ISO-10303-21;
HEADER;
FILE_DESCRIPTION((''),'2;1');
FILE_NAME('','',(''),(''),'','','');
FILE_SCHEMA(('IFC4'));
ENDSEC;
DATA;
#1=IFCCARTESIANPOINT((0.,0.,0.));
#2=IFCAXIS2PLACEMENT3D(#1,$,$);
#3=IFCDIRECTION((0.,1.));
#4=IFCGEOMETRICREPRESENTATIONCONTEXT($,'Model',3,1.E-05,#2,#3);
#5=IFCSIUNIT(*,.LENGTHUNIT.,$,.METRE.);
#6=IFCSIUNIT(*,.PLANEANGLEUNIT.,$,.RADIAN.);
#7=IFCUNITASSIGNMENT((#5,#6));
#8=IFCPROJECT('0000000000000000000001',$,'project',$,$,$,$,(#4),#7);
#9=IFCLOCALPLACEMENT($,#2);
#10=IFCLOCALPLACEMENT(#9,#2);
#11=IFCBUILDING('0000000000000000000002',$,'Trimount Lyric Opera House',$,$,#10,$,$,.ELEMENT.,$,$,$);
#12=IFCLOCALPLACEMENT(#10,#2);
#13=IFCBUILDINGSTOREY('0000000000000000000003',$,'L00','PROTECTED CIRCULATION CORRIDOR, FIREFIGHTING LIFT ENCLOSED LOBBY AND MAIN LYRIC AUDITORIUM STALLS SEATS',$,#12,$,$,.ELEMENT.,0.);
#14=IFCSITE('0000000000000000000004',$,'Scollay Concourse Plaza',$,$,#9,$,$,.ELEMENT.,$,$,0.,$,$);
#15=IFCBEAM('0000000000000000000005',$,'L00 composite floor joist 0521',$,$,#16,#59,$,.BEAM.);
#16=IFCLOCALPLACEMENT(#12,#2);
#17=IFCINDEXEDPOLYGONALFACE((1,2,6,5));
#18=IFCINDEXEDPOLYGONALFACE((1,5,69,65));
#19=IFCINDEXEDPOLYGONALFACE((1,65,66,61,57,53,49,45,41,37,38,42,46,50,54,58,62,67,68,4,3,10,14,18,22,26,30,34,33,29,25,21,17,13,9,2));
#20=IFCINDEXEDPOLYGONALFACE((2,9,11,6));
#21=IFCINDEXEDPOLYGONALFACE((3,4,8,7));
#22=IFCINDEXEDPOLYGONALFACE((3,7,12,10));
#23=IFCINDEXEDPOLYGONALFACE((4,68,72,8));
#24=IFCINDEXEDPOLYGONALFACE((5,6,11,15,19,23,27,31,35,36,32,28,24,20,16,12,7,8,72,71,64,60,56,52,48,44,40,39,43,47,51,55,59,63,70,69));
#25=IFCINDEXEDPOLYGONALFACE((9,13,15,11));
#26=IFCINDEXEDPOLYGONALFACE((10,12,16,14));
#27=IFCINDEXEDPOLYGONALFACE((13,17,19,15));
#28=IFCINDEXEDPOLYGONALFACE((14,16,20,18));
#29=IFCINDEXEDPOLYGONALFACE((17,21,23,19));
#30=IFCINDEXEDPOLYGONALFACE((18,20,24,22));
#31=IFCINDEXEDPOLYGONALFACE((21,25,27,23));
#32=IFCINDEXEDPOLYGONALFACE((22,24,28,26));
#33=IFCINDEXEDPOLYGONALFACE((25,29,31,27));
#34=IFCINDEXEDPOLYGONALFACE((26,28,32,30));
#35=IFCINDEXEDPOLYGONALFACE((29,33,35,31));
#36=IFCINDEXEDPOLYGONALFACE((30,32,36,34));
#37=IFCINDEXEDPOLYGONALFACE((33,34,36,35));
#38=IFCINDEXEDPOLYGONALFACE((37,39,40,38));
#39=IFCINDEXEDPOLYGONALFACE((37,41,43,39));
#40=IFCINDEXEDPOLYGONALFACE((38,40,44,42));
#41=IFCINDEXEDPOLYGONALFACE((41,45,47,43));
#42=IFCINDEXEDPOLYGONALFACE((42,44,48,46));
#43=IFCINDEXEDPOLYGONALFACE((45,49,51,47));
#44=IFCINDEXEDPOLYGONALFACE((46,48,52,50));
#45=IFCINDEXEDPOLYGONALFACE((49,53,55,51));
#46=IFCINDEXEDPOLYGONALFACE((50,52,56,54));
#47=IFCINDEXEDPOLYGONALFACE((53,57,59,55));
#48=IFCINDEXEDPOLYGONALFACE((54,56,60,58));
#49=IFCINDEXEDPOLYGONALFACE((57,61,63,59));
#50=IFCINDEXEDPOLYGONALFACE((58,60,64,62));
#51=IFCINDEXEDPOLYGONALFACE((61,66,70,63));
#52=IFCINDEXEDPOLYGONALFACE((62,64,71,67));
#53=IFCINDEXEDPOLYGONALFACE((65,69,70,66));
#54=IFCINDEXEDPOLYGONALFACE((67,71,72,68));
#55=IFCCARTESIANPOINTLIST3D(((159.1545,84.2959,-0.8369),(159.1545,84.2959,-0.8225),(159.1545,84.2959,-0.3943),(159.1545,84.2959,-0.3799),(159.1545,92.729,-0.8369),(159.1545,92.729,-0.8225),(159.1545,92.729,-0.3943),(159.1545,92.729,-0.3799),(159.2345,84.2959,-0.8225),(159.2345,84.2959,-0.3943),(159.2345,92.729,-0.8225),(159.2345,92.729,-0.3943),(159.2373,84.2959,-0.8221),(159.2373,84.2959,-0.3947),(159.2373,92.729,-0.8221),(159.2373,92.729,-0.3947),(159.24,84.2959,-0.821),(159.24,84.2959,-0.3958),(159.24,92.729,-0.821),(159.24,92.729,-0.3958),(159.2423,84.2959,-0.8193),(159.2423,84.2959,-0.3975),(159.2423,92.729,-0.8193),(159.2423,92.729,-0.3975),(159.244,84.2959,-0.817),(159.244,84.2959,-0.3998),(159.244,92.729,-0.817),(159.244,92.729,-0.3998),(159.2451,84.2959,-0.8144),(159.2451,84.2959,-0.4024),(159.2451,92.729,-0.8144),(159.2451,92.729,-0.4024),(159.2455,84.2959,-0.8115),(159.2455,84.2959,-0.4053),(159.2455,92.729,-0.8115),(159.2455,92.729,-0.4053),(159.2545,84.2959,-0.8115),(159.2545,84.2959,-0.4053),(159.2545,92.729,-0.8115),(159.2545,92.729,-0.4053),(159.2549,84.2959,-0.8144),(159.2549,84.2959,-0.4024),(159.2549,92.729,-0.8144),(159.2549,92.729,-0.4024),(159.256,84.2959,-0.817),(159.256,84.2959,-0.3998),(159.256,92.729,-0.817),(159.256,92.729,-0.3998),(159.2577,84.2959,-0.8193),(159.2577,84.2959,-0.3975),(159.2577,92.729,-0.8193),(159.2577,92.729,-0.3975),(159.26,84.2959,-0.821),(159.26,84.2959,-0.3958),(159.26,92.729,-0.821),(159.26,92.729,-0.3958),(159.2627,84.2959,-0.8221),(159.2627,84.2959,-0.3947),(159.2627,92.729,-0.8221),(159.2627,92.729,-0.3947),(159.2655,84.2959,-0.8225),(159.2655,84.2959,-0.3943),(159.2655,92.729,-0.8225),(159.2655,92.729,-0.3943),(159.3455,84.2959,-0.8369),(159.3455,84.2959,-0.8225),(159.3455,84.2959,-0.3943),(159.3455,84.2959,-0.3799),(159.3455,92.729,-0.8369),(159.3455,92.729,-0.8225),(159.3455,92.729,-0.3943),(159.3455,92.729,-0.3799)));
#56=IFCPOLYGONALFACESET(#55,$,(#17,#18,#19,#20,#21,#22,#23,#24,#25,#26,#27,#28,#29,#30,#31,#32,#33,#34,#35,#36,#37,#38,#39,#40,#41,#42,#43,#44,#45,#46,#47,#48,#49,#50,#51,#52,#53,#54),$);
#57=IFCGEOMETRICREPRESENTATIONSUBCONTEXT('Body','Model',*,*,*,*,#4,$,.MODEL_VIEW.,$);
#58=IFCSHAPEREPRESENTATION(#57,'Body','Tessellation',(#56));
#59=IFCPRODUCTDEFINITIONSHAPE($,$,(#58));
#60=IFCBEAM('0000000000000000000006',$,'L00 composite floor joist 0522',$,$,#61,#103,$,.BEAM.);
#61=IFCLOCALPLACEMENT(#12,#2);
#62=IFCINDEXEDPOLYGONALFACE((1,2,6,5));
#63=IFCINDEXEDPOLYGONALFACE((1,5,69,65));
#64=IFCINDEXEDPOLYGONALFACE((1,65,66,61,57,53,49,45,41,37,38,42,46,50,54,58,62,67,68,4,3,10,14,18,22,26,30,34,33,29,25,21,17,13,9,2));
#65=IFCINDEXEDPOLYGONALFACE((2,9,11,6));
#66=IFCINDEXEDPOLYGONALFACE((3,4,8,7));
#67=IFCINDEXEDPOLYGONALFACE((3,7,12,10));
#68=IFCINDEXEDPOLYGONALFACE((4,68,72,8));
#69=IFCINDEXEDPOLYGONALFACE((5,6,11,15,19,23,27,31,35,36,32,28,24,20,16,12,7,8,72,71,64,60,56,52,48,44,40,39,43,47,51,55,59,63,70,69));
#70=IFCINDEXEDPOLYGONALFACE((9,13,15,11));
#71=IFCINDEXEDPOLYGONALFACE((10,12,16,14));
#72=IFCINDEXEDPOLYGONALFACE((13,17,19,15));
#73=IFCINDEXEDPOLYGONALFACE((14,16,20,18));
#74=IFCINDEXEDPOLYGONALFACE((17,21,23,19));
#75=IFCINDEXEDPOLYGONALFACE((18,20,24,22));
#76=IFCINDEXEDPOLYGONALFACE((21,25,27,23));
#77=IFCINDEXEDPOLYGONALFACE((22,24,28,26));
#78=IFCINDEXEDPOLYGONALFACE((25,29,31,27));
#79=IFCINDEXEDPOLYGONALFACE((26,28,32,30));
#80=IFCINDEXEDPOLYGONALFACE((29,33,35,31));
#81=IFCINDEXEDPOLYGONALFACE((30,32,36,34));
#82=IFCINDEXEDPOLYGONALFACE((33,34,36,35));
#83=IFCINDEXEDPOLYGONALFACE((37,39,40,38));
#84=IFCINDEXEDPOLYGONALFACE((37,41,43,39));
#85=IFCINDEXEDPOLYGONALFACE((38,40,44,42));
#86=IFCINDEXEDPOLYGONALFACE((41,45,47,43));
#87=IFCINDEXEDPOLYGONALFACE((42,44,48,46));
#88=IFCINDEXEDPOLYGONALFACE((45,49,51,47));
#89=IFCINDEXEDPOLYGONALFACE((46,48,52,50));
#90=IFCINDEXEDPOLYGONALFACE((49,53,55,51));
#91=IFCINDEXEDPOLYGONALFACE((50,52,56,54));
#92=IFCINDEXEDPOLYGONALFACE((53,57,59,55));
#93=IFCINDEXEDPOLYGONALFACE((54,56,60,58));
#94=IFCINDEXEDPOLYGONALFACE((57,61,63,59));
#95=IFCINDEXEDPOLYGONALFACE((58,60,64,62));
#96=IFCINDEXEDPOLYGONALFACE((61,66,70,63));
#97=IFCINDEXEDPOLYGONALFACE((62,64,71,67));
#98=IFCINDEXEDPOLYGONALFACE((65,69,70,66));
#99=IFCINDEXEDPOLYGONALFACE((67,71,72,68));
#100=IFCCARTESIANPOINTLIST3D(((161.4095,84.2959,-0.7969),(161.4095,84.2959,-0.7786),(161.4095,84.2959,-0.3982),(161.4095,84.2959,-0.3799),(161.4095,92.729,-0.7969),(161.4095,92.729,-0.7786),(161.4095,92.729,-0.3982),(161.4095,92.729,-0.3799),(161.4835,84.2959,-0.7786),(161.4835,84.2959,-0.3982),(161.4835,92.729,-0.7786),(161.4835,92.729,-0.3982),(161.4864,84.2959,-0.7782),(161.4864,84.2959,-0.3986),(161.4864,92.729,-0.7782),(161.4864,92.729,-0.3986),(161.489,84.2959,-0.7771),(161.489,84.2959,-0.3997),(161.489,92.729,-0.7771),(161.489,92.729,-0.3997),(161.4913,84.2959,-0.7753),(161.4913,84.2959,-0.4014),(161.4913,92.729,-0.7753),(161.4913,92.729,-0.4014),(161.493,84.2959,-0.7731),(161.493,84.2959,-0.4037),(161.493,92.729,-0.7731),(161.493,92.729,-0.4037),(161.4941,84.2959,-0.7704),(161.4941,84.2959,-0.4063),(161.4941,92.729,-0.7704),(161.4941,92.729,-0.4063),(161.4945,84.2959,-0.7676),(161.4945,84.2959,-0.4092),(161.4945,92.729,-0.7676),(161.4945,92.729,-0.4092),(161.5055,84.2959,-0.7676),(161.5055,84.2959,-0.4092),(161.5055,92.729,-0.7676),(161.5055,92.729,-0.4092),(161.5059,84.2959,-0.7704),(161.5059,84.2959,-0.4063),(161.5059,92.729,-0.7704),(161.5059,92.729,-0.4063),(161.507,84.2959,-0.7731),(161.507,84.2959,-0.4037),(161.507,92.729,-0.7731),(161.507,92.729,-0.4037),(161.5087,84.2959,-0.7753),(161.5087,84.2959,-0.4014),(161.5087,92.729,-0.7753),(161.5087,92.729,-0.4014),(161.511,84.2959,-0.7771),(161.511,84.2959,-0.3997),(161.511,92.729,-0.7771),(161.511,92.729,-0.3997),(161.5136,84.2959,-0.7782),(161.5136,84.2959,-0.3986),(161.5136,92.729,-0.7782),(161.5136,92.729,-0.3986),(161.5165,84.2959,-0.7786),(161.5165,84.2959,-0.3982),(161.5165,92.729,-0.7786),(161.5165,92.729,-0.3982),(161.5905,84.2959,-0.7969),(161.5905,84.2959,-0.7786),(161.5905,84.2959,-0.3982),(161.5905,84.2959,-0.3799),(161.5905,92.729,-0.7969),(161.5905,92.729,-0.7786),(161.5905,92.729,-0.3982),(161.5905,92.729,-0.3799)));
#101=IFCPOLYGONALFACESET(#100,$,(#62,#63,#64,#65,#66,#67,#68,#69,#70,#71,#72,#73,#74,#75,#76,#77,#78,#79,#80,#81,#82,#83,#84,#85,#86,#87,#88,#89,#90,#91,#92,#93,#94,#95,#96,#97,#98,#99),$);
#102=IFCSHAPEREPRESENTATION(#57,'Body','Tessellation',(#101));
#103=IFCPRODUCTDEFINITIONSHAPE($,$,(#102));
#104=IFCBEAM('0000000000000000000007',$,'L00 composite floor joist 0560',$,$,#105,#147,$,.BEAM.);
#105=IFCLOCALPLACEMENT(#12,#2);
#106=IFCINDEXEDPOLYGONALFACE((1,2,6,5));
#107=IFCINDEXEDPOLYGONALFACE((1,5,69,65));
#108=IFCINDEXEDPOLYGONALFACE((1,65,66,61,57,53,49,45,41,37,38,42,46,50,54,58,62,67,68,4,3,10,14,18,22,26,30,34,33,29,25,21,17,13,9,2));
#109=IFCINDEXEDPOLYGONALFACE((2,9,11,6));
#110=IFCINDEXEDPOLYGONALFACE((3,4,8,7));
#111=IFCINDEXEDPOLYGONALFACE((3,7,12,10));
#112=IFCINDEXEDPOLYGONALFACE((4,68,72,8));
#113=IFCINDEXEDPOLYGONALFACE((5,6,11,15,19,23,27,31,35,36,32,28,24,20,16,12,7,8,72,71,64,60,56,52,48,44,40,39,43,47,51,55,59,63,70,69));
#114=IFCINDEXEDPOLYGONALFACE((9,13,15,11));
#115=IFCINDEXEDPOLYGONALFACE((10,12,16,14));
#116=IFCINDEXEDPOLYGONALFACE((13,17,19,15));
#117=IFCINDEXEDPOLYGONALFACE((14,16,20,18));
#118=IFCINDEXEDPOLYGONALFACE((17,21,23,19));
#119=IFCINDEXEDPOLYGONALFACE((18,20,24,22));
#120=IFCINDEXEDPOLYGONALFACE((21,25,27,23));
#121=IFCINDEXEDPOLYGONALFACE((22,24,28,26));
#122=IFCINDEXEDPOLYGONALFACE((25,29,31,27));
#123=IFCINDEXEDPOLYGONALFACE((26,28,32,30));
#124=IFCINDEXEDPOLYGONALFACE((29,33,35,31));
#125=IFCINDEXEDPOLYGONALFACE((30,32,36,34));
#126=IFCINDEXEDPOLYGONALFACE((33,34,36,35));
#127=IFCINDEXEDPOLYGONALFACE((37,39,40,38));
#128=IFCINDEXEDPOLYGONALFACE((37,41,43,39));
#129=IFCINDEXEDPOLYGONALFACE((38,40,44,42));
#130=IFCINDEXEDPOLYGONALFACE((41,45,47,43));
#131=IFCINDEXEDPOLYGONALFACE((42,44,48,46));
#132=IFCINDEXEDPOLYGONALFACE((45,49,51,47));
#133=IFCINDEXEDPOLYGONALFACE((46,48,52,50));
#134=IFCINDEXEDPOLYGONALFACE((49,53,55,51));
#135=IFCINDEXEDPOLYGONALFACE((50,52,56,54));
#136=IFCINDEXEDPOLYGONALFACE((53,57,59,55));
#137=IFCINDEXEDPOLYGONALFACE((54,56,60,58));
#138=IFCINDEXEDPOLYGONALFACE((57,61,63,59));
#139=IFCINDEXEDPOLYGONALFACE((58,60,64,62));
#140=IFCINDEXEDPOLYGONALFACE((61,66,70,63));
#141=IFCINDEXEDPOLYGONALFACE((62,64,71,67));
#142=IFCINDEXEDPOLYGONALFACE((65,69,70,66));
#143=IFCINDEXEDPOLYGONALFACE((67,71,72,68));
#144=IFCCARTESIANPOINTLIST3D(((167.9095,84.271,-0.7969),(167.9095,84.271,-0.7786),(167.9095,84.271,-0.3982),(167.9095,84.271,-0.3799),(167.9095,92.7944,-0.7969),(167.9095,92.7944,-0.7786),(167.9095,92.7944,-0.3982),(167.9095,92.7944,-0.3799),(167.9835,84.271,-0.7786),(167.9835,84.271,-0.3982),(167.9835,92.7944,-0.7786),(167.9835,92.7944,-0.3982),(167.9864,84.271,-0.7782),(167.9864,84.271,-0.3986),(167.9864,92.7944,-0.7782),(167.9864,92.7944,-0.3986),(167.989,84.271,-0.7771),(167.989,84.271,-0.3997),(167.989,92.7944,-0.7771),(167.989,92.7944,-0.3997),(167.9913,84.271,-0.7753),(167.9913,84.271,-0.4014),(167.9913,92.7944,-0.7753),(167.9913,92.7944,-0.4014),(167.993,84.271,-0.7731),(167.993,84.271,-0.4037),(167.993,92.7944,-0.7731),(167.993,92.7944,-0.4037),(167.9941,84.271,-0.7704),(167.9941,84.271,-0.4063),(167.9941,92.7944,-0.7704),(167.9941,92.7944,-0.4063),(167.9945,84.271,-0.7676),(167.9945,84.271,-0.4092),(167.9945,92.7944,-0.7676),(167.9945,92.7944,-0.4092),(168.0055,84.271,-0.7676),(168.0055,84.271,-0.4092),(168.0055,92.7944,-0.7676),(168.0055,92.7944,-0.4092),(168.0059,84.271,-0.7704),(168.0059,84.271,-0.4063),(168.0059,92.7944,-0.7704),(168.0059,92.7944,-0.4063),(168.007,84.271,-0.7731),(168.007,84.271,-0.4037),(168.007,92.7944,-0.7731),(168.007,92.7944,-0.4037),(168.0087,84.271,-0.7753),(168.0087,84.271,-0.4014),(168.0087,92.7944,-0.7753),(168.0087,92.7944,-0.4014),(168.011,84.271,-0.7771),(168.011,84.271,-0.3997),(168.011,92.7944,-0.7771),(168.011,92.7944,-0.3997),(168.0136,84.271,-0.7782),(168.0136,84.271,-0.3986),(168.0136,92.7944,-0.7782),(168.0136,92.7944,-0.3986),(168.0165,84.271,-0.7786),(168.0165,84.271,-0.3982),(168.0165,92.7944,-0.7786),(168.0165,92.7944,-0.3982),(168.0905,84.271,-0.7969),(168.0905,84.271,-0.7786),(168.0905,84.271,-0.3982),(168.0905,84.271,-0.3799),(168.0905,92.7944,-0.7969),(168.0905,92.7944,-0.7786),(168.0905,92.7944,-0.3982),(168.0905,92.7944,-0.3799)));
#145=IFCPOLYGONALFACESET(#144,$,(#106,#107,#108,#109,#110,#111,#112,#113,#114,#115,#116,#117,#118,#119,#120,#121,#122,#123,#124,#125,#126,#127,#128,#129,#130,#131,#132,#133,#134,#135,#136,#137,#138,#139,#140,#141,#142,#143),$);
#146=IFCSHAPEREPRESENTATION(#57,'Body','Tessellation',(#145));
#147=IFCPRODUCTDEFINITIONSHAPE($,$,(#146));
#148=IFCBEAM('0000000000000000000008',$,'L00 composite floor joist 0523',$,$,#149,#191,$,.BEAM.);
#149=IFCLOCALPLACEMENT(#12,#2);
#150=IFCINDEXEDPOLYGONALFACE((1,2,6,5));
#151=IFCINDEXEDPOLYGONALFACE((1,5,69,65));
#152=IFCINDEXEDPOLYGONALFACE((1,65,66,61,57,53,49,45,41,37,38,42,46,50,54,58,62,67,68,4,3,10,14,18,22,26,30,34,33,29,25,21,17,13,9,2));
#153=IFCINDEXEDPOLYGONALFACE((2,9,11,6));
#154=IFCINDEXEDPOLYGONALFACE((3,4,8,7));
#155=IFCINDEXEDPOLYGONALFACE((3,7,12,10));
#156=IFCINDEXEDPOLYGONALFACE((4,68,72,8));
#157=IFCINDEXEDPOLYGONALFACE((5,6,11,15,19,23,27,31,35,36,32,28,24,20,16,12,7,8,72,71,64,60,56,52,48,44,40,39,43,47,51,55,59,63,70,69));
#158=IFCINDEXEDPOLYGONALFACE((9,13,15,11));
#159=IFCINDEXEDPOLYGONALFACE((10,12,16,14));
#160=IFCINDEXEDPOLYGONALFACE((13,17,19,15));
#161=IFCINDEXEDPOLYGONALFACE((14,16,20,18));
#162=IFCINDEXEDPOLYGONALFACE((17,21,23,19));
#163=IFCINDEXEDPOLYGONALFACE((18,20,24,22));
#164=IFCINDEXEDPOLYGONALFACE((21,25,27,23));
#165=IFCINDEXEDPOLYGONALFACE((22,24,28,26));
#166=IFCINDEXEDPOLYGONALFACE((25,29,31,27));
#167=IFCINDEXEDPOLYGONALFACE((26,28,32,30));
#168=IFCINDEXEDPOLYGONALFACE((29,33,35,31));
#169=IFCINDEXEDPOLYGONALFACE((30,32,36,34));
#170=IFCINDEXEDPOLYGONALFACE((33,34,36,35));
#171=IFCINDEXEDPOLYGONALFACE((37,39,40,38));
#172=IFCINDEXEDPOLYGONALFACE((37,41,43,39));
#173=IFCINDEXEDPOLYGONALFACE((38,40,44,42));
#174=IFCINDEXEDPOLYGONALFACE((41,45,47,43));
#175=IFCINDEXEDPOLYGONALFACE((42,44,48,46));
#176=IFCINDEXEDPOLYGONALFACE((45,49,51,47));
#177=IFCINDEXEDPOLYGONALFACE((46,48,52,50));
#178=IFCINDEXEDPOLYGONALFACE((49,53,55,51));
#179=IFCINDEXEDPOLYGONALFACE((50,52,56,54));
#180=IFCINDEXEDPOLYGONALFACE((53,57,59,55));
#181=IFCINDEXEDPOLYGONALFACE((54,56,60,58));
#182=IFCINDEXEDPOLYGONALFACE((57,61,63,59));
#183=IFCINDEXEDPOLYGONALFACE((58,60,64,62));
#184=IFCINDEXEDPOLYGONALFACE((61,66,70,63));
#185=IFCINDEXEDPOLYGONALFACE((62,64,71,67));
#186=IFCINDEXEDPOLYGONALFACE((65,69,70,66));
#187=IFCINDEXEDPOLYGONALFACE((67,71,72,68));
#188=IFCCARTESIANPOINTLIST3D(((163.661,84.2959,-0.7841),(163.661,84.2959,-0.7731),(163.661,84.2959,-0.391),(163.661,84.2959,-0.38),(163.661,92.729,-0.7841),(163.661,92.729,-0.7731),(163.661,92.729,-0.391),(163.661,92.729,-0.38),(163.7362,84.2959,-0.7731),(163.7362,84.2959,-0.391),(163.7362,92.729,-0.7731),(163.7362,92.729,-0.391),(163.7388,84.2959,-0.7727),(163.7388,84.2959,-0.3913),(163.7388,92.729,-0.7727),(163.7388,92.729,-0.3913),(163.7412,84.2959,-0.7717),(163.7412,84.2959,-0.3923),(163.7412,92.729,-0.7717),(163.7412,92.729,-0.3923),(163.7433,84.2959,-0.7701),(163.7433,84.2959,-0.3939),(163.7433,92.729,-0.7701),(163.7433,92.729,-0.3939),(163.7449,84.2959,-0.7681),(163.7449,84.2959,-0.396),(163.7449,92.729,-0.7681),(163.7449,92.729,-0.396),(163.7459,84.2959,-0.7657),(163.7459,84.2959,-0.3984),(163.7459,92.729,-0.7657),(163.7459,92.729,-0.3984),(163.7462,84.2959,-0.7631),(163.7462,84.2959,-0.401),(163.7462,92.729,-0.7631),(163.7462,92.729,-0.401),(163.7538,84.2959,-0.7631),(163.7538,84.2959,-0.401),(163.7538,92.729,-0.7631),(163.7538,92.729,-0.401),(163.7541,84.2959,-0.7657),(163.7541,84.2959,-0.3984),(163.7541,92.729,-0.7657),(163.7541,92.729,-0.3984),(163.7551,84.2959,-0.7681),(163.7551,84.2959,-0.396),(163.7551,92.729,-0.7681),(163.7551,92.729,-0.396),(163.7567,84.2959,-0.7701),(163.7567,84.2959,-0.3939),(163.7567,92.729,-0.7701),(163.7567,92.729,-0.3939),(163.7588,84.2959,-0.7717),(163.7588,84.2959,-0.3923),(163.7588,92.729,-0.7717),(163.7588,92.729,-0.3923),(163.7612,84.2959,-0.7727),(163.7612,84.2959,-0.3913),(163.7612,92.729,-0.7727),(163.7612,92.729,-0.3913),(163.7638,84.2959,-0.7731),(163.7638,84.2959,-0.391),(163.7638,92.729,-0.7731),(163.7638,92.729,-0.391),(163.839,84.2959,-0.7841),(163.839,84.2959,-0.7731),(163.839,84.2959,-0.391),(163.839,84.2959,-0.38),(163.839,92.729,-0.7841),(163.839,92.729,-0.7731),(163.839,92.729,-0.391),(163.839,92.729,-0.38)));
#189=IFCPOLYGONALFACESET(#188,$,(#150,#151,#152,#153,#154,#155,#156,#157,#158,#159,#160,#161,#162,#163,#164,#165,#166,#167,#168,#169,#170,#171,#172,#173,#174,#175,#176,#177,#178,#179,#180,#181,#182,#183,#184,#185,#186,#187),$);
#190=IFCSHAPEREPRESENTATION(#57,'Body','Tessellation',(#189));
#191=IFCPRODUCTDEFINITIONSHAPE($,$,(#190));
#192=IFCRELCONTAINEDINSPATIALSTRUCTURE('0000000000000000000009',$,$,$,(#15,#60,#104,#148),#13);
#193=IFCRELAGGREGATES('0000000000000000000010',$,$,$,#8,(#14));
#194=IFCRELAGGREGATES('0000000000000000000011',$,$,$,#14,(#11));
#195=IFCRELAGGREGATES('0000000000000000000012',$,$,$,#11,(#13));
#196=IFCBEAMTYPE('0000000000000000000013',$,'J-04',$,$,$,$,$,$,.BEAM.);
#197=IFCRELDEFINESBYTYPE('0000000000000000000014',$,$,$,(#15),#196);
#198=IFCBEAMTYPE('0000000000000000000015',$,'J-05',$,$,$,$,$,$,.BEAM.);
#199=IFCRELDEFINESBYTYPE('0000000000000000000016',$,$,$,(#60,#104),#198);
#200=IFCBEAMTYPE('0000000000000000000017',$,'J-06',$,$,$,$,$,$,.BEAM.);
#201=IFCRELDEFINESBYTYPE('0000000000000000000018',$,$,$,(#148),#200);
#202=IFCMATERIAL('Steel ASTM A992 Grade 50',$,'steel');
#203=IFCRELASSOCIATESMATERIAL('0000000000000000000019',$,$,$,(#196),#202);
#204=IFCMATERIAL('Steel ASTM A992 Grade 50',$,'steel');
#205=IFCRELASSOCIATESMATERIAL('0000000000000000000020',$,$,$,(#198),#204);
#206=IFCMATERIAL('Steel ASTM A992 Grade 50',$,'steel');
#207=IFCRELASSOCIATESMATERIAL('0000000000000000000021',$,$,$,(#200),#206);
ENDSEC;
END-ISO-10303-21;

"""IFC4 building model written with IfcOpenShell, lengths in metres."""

from ifc_helpers import new_model, si_unit, direction, frame, origin, origin_2d, place, context, subcontext, project, spatial, i_section, extrude, material, material_profile, profile_set, type_object, element, save


model = new_model("IFC4")

# Units and contexts
model_context = context("Model", 3, precision=1e-05, world=origin(), true_north=direction((0.0, 1.0)))
body_context = subcontext(model_context, "Body", "Model", "MODEL_VIEW")
ifc_project = project(units=[si_unit("LENGTHUNIT", "METRE"), si_unit("PLANEANGLEUNIT", "RADIAN")], contexts=[model_context])

# Site, building, storey
site_placement = place(None, origin())
site = spatial("IfcSite", under=ifc_project, at=site_placement, Name="Scollay Concourse Plaza", CompositionType="ELEMENT", RefElevation=0.0)
building_placement = place(site_placement, origin())
building = spatial("IfcBuilding", under=site, at=building_placement, Name="Trimount Lyric Opera House", CompositionType="ELEMENT")
storey_placement = place(building_placement, origin())
storey = spatial("IfcBuildingStorey", under=building, at=storey_placement, Name="L00", Description="PROTECTED CIRCULATION CORRIDOR, FIREFIGHTING LIFT ENCLOSED LOBBY AND MAIN LYRIC AUDITORIUM STALLS SEATS", CompositionType="ELEMENT", Elevation=0.0)

# Beams
ifc_material_1 = material(Name="Steel ASTM A992 Grade 50", Category="steel")
ifc_material_profile_1 = material_profile(ifc_material_1, i_section(OverallWidth=0.1909, OverallDepth=0.457, WebThickness=0.009, FlangeThickness=0.0144, FilletRadius=0.011, at=origin_2d()), Name="W18X50")
ifc_profile_set_1 = profile_set([ifc_material_profile_1], Name="Steel ASTM A992 Grade 50")
beam_type_1 = type_object("IfcBeamType", Name="J-04", PredefinedType="BEAM", material=ifc_profile_set_1)
beam_1_placement = place(storey_placement, frame((159.25, 84.2959, -0.6084), z_axis=(0.0, 1.0, 0.0), x_axis=(-1.0, 0.0, 0.0)))
element("IfcBeam", 1, at=beam_1_placement, inside=storey, type_object=beam_type_1, Name="L00 composite floor joist 0521", PredefinedType="BEAM", context=body_context, shape_type="SweptSolid", body=[
    extrude(i_section(OverallWidth=0.1909, OverallDepth=0.457, WebThickness=0.009, FlangeThickness=0.0144, FilletRadius=0.011, at=origin_2d()), origin(), (0.0, 0.0, 1.0), 8.4331),
])
ifc_material_2 = material(Name="Steel ASTM A992 Grade 50", Category="steel")
ifc_material_profile_2 = material_profile(ifc_material_2, i_section(OverallWidth=0.1809, OverallDepth=0.417, WebThickness=0.011, FlangeThickness=0.0183, FilletRadius=0.011, at=origin_2d()), Name="W16X57")
ifc_profile_set_2 = profile_set([ifc_material_profile_2], Name="Steel ASTM A992 Grade 50")
beam_type_2 = type_object("IfcBeamType", Name="J-05", PredefinedType="BEAM", material=ifc_profile_set_2)
beam_2_placement = place(storey_placement, frame((161.5, 84.2959, -0.5884), z_axis=(0.0, 1.0, 0.0), x_axis=(-1.0, 0.0, 0.0)))
element("IfcBeam", 2, at=beam_2_placement, inside=storey, type_object=beam_type_2, Name="L00 composite floor joist 0522", PredefinedType="BEAM", context=body_context, shape_type="SweptSolid", body=[
    extrude(i_section(OverallWidth=0.1809, OverallDepth=0.417, WebThickness=0.011, FlangeThickness=0.0183, FilletRadius=0.011, at=origin_2d()), origin(), (0.0, 0.0, 1.0), 8.4331),
])
beam_3_placement = place(storey_placement, frame((168.0, 84.271, -0.5884), z_axis=(0.0, 1.0, 0.0), x_axis=(-1.0, 0.0, 0.0)))
element("IfcBeam", 3, at=beam_3_placement, inside=storey, type_object=beam_type_2, Name="L00 composite floor joist 0560", PredefinedType="BEAM", context=body_context, shape_type="SweptSolid", body=[
    extrude(i_section(OverallWidth=0.1809, OverallDepth=0.417, WebThickness=0.011, FlangeThickness=0.0183, FilletRadius=0.011, at=origin_2d()), origin(), (0.0, 0.0, 1.0), 8.5234),
])
ifc_material_3 = material(Name="Steel ASTM A992 Grade 50", Category="steel")
ifc_material_profile_3 = material_profile(ifc_material_3, i_section(OverallWidth=0.178, OverallDepth=0.4041, WebThickness=0.0076, FlangeThickness=0.011, FilletRadius=0.01, at=origin_2d()), Name="W16X36")
ifc_profile_set_3 = profile_set([ifc_material_profile_3], Name="Steel ASTM A992 Grade 50")
beam_type_3 = type_object("IfcBeamType", Name="J-06", PredefinedType="BEAM", material=ifc_profile_set_3)
beam_4_placement = place(storey_placement, frame((163.75, 84.2959, -0.582), z_axis=(0.0, 1.0, 0.0), x_axis=(-1.0, 0.0, 0.0)))
element("IfcBeam", 4, at=beam_4_placement, inside=storey, type_object=beam_type_3, Name="L00 composite floor joist 0523", PredefinedType="BEAM", context=body_context, shape_type="SweptSolid", body=[
    extrude(i_section(OverallWidth=0.178, OverallDepth=0.4041, WebThickness=0.0076, FlangeThickness=0.011, FilletRadius=0.01, at=origin_2d()), origin(), (0.0, 0.0, 1.0), 8.4331),
])

save(model, "model.ifc")
